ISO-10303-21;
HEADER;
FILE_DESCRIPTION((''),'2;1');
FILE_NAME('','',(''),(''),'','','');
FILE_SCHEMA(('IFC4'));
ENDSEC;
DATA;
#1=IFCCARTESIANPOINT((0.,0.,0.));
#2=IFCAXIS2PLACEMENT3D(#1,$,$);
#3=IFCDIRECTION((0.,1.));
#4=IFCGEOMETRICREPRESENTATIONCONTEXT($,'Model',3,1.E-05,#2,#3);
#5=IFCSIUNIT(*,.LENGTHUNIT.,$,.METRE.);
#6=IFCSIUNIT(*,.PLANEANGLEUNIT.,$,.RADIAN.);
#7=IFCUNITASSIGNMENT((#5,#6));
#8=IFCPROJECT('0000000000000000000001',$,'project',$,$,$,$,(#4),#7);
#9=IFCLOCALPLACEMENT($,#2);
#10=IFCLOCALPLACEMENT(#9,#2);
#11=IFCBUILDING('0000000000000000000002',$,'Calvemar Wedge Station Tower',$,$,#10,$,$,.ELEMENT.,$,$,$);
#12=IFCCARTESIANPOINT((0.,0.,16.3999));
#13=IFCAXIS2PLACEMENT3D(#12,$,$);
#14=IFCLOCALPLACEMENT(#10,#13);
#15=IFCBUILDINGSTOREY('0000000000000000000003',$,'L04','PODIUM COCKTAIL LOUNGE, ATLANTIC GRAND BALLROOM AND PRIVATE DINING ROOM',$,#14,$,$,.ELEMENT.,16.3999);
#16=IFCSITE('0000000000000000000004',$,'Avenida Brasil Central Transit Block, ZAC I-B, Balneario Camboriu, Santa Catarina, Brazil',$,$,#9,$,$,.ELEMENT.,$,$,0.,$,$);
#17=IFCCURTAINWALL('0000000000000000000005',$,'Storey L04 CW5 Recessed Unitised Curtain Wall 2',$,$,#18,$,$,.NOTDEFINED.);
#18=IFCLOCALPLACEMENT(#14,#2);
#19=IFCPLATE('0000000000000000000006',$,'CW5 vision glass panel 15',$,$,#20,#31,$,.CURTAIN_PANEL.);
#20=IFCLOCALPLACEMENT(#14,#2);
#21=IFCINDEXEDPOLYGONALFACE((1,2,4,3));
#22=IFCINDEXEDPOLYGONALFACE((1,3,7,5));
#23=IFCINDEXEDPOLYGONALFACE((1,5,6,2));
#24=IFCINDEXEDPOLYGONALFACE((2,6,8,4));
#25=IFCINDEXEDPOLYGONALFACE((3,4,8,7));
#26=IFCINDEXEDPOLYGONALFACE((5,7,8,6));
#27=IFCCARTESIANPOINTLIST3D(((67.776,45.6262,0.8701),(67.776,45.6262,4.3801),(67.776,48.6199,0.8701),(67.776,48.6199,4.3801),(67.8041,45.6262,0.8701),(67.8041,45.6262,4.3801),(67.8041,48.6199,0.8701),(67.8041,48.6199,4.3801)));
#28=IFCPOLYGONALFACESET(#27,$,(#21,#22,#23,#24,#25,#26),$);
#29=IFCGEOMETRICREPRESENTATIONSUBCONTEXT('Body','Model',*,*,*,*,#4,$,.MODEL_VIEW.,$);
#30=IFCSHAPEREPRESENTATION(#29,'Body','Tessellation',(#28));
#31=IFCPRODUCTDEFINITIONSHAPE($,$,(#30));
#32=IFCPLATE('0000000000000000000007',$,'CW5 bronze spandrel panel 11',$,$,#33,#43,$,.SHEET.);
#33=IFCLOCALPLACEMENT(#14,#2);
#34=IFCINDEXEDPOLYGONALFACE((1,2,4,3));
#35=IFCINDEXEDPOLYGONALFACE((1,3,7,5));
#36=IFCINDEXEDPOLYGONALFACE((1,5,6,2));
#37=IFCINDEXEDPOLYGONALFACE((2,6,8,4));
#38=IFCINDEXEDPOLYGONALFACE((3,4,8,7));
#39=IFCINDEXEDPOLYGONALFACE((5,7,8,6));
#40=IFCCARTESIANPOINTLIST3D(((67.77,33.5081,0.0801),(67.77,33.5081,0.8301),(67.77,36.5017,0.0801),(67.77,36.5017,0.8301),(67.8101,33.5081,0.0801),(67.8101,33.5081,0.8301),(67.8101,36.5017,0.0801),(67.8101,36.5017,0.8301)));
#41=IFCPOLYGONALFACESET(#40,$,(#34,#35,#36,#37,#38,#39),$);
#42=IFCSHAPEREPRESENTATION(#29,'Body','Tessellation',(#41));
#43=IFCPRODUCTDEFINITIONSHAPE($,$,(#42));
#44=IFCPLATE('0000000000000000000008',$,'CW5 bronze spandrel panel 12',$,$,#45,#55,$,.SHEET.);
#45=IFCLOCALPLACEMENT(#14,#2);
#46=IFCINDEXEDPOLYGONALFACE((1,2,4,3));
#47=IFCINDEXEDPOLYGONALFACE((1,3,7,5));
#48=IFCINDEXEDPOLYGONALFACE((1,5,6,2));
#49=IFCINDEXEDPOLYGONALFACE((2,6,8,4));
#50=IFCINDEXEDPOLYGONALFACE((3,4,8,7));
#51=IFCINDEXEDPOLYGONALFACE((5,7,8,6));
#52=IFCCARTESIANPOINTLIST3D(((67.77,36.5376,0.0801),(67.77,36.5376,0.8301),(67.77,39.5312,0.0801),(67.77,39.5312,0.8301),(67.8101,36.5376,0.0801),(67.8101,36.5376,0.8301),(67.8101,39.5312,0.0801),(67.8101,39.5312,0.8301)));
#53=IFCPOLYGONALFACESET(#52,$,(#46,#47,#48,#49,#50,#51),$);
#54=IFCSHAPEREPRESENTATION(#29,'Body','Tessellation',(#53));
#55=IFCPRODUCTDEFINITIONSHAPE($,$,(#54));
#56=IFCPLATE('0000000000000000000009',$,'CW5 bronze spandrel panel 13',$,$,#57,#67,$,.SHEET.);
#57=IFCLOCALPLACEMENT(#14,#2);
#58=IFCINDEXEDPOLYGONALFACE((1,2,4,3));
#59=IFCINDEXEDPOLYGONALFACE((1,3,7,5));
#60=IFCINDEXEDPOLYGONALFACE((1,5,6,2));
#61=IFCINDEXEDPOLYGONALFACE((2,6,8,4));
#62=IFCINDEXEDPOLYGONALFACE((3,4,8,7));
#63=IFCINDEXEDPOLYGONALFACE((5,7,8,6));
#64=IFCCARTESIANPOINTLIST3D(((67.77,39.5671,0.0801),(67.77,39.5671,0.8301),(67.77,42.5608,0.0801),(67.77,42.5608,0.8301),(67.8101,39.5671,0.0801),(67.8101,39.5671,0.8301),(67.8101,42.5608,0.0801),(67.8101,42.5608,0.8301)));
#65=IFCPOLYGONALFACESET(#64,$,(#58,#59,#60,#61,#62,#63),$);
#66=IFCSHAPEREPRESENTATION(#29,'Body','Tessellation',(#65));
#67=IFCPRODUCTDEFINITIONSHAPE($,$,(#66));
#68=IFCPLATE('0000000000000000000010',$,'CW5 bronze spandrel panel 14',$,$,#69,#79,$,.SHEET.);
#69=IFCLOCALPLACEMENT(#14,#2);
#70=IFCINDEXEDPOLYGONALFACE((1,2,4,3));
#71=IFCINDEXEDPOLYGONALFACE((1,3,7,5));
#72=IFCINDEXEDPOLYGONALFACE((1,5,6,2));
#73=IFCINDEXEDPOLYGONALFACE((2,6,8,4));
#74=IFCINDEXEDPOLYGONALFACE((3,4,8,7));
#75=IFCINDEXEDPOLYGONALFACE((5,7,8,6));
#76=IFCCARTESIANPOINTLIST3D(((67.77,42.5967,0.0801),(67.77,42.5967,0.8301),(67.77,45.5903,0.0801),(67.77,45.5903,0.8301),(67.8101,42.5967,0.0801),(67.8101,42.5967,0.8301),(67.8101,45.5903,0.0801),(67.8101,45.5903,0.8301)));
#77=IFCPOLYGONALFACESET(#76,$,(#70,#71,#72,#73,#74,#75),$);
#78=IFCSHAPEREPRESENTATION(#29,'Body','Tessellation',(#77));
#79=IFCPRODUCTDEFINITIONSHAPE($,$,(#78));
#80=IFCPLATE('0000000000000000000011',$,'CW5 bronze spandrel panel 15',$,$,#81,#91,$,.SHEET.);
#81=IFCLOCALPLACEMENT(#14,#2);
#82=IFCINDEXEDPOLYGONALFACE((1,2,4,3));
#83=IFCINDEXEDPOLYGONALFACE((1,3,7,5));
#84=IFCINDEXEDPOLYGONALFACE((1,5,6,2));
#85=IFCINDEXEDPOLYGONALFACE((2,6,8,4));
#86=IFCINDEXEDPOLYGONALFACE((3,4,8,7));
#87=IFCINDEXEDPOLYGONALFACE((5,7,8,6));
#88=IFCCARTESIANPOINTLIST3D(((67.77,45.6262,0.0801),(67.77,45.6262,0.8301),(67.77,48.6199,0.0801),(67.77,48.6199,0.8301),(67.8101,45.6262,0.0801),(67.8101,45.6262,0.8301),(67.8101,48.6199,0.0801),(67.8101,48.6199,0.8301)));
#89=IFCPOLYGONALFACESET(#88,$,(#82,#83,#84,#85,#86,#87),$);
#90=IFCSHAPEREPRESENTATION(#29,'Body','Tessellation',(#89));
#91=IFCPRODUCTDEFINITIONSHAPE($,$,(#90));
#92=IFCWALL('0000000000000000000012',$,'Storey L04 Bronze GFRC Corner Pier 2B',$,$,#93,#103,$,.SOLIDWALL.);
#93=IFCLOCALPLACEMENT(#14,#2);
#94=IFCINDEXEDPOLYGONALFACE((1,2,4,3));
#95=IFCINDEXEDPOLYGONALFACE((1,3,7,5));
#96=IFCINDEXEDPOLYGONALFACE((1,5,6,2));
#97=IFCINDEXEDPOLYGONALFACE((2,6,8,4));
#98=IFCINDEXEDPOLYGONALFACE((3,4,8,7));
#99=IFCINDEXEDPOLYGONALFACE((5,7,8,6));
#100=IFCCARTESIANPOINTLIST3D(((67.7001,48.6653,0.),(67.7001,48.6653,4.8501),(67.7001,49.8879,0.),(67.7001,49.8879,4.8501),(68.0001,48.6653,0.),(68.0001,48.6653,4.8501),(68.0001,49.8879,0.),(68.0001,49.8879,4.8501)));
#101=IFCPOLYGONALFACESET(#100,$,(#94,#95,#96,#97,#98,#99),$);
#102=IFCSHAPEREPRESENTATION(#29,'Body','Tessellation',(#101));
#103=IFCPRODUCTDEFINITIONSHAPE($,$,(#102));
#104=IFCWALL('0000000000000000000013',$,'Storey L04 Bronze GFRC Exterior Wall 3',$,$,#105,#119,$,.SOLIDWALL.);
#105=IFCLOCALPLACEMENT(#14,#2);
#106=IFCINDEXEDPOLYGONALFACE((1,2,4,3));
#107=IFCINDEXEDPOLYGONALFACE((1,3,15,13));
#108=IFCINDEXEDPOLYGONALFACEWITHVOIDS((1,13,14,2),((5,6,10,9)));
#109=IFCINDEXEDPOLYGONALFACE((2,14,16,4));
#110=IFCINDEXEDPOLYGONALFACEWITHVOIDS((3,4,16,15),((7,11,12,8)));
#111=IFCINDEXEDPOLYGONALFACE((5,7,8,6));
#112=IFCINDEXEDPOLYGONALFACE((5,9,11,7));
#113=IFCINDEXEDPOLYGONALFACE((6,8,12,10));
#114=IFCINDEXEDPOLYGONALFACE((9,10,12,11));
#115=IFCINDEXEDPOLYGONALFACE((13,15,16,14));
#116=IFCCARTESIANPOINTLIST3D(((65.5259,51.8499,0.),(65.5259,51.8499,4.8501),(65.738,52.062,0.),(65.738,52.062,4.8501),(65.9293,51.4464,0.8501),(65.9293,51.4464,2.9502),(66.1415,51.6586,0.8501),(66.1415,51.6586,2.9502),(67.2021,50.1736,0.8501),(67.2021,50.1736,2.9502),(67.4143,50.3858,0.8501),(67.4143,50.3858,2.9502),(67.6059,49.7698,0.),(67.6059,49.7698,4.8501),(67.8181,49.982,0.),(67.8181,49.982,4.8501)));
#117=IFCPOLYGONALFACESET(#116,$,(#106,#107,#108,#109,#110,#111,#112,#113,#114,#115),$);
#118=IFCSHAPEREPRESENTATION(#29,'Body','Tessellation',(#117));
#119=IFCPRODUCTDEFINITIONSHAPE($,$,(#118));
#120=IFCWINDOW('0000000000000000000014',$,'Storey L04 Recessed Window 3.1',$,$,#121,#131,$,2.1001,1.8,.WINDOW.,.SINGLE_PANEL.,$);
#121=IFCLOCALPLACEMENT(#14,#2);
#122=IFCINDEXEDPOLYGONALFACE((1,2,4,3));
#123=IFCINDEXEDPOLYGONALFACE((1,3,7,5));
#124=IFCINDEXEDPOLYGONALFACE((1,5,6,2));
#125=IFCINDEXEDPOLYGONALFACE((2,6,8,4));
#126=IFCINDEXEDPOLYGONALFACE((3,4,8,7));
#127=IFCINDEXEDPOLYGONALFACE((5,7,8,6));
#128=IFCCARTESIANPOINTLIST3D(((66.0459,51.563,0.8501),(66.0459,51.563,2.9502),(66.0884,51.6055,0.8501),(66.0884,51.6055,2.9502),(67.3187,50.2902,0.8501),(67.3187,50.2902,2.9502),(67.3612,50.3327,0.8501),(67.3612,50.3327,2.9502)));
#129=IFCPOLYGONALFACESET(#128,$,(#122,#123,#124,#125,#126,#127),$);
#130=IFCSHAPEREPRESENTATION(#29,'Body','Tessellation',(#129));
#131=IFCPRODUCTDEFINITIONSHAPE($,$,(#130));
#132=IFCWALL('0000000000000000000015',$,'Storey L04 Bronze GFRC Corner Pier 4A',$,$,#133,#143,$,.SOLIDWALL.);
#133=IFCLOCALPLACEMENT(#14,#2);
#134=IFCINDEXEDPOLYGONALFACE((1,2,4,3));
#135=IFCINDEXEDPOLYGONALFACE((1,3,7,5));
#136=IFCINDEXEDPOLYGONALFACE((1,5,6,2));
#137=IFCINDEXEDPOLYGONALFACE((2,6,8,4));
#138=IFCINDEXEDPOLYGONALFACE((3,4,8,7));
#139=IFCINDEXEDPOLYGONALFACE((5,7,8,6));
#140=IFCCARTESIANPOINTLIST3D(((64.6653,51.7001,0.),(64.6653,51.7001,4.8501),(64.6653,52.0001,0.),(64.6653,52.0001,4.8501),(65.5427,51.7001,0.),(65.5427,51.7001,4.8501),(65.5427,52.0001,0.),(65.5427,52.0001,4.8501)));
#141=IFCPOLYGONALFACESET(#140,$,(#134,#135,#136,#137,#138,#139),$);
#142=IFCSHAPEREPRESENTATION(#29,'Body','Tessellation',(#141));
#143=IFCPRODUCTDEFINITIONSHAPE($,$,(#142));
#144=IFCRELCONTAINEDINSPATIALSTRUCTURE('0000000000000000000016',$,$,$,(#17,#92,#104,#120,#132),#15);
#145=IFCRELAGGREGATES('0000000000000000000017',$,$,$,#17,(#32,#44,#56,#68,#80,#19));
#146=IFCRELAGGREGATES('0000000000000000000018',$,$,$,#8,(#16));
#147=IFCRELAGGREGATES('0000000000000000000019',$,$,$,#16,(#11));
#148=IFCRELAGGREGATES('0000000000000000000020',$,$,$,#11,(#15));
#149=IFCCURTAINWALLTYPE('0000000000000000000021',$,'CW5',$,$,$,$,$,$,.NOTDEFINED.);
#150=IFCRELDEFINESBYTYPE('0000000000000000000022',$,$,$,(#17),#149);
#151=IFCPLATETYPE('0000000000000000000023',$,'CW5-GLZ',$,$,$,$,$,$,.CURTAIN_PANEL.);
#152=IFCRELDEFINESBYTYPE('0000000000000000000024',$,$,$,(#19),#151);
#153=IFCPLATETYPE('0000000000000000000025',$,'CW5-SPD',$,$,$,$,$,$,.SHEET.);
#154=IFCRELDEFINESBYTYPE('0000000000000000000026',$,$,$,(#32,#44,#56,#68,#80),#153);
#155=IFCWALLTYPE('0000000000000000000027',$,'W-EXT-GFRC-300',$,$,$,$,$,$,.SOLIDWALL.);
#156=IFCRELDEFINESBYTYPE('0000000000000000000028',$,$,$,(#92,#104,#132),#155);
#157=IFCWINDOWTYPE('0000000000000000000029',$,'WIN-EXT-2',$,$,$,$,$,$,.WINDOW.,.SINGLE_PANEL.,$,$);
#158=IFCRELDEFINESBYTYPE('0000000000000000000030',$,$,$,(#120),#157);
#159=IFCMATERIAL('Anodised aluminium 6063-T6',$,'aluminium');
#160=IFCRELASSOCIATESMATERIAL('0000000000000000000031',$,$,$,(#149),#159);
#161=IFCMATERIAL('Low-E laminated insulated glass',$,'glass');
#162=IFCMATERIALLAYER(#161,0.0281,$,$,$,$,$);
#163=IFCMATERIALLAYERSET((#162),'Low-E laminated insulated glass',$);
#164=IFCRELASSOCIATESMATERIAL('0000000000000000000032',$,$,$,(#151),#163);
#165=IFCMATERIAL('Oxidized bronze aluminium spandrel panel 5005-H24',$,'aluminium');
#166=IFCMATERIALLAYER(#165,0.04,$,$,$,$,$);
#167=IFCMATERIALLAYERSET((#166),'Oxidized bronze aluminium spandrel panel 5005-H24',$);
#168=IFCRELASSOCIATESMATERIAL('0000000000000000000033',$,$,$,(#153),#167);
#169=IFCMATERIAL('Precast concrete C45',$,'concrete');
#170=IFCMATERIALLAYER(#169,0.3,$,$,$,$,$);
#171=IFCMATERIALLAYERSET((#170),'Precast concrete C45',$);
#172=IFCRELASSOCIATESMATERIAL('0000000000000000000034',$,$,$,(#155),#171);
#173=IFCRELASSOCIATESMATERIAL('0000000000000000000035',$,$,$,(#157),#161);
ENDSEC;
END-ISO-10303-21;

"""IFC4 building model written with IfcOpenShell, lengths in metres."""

from ifc_helpers import new_model, si_unit, direction, frame, frame_2d, origin, place, context, subcontext, project, spatial, rectangle, extrude, source, transform, mapped, material, layer, layer_set, type_object, element, fill, aggregate, save


model = new_model("IFC4")

# Units and contexts
model_context = context("Model", 3, precision=1e-05, world=origin(), true_north=direction((0.0, 1.0)))
body_context = subcontext(model_context, "Body", "Model", "MODEL_VIEW")
ifc_project = project(units=[si_unit("LENGTHUNIT", "METRE"), si_unit("PLANEANGLEUNIT", "RADIAN")], contexts=[model_context])

# Site, building, storey
site_placement = place(None, origin())
site = spatial("IfcSite", under=ifc_project, at=site_placement, Name="Avenida Brasil Central Transit Block, ZAC I-B, Balneario Camboriu, Santa Catarina, Brazil", CompositionType="ELEMENT", RefElevation=0.0)
building_placement = place(site_placement, origin())
building = spatial("IfcBuilding", under=site, at=building_placement, Name="Calvemar Wedge Station Tower", CompositionType="ELEMENT")
storey_placement = place(building_placement, frame((0.0, 0.0, 16.3999)))
storey = spatial("IfcBuildingStorey", under=building, at=storey_placement, Name="L04", Description="PODIUM COCKTAIL LOUNGE, ATLANTIC GRAND BALLROOM AND PRIVATE DINING ROOM", CompositionType="ELEMENT", Elevation=16.3999)

# Curtain wall
ifc_material_1 = material(Name="Anodised aluminium 6063-T6", Category="aluminium")
curtain_wall_type = type_object("IfcCurtainWallType", Name="CW5", PredefinedType="NOTDEFINED", material=ifc_material_1)
curtain_wall_1_placement = place(storey_placement, origin())
curtain_wall_1 = element("IfcCurtainWall", 1, at=curtain_wall_1_placement, inside=storey, type_object=curtain_wall_type, Name="Storey L04 CW5 Recessed Unitised Curtain Wall 2", PredefinedType="NOTDEFINED")

# Plates
ifc_material_2 = material(Name="Low-E laminated insulated glass", Category="glass")
ifc_layer_1 = layer(ifc_material_2, 0.0281)
ifc_layer_set_1 = layer_set([ifc_layer_1], Name="Low-E laminated insulated glass")
plate_type_1 = type_object("IfcPlateType", Name="CW5-GLZ", PredefinedType="CURTAIN_PANEL", material=ifc_layer_set_1)
plate_1_placement = place(storey_placement, frame((67.79, 45.6262, 0.8701), z_axis=(0.0, 0.0, 1.0), x_axis=(0.0, 1.0, 0.0)))
plate_1 = element("IfcPlate", 2, at=plate_1_placement, type_object=plate_type_1, Name="CW5 vision glass panel 15", PredefinedType="CURTAIN_PANEL", context=body_context, shape_type="SweptSolid", body=[
    extrude(rectangle(XDim=2.9937, YDim=0.0281, at=frame_2d((1.4968, 0.0))), origin(), (0.0, 0.0, 1.0), 3.51),
])
ifc_material_3 = material(Name="Oxidized bronze aluminium spandrel panel 5005-H24", Category="aluminium")
ifc_layer_2 = layer(ifc_material_3, 0.04)
ifc_layer_set_2 = layer_set([ifc_layer_2], Name="Oxidized bronze aluminium spandrel panel 5005-H24")
plate_type_2 = type_object("IfcPlateType", Name="CW5-SPD", PredefinedType="SHEET", material=ifc_layer_set_2)
plate_2_placement = place(storey_placement, frame((67.79, 33.5081, 0.0801), z_axis=(0.0, 0.0, 1.0), x_axis=(0.0, 1.0, 0.0)))
plate_2 = element("IfcPlate", 3, at=plate_2_placement, type_object=plate_type_2, Name="CW5 bronze spandrel panel 11", PredefinedType="SHEET", context=body_context, shape_type="SweptSolid", body=[
    extrude(rectangle(XDim=2.9937, YDim=0.04, at=frame_2d((1.4968, 0.0))), origin(), (0.0, 0.0, 1.0), 0.75),
])
plate_3_placement = place(storey_placement, frame((67.79, 36.5376, 0.0801), z_axis=(0.0, 0.0, 1.0), x_axis=(0.0, 1.0, 0.0)))
plate_3 = element("IfcPlate", 4, at=plate_3_placement, type_object=plate_type_2, Name="CW5 bronze spandrel panel 12", PredefinedType="SHEET", context=body_context, shape_type="SweptSolid", body=[
    extrude(rectangle(XDim=2.9937, YDim=0.04, at=frame_2d((1.4968, 0.0))), origin(), (0.0, 0.0, 1.0), 0.75),
])
plate_4_placement = place(storey_placement, frame((67.79, 39.5671, 0.0801), z_axis=(0.0, 0.0, 1.0), x_axis=(0.0, 1.0, 0.0)))
plate_4 = element("IfcPlate", 5, at=plate_4_placement, type_object=plate_type_2, Name="CW5 bronze spandrel panel 13", PredefinedType="SHEET", context=body_context, shape_type="SweptSolid", body=[
    extrude(rectangle(XDim=2.9937, YDim=0.04, at=frame_2d((1.4968, 0.0))), origin(), (0.0, 0.0, 1.0), 0.75),
])
plate_5_placement = place(storey_placement, frame((67.79, 42.5967, 0.0801), z_axis=(0.0, 0.0, 1.0), x_axis=(0.0, 1.0, 0.0)))
plate_5 = element("IfcPlate", 6, at=plate_5_placement, type_object=plate_type_2, Name="CW5 bronze spandrel panel 14", PredefinedType="SHEET", context=body_context, shape_type="SweptSolid", body=[
    extrude(rectangle(XDim=2.9937, YDim=0.04, at=frame_2d((1.4968, 0.0))), origin(), (0.0, 0.0, 1.0), 0.75),
])
plate_6_placement = place(storey_placement, frame((67.79, 45.6262, 0.0801), z_axis=(0.0, 0.0, 1.0), x_axis=(0.0, 1.0, 0.0)))
plate_6 = element("IfcPlate", 7, at=plate_6_placement, type_object=plate_type_2, Name="CW5 bronze spandrel panel 15", PredefinedType="SHEET", context=body_context, shape_type="SweptSolid", body=[
    extrude(rectangle(XDim=2.9937, YDim=0.04, at=frame_2d((1.4968, 0.0))), origin(), (0.0, 0.0, 1.0), 0.75),
])
aggregate(curtain_wall_1, [plate_2, plate_3, plate_4, plate_5, plate_6, plate_1])

# Wall
ifc_material_4 = material(Name="Precast concrete C45", Category="concrete")
ifc_layer_3 = layer(ifc_material_4, 0.3)
ifc_layer_set_3 = layer_set([ifc_layer_3], Name="Precast concrete C45")
wall_type = type_object("IfcWallType", Name="W-EXT-GFRC-300", PredefinedType="SOLIDWALL", material=ifc_layer_set_3)
wall_1_placement = place(storey_placement, frame((67.8501, 48.6653, 0.0), z_axis=(0.0, 0.0, 1.0), x_axis=(0.0, 1.0, 0.0)))
element("IfcWall", 8, at=wall_1_placement, inside=storey, type_object=wall_type, Name="Storey L04 Bronze GFRC Corner Pier 2B", PredefinedType="SOLIDWALL", context=body_context, shape_type="SweptSolid", body=[
    extrude(rectangle(XDim=1.2227, YDim=0.3, at=frame_2d((0.6113, 0.0))), origin(), (0.0, 0.0, 1.0), 4.8501),
])

# Wall, opening, window
wall_2_placement = place(storey_placement, frame((67.7119, 49.876, 0.0), z_axis=(0.0, 0.0, 1.0), x_axis=(-0.707107, 0.707107, 0.0)))
wall_2 = element("IfcWall", 9, at=wall_2_placement, inside=storey, type_object=wall_type, Name="Storey L04 Bronze GFRC Exterior Wall 3", PredefinedType="SOLIDWALL", context=body_context, shape_type="SweptSolid", body=[
    extrude(rectangle(XDim=2.9417, YDim=0.3, at=frame_2d((1.4707, 0.0))), origin(), (0.0, 0.0, 1.0), 4.8501),
])
shared_shape_1 = source(origin(), body_context, "Body", "SweptSolid", [
    extrude(rectangle(XDim=1.8, YDim=2.1001, at=frame_2d((0.8999, 1.05))), frame((0.0, 0.1602, 0.0), z_axis=(0.0, -1.0, 0.0), x_axis=(1.0, 0.0, 0.0)), (0.0, 0.0, 1.0), 0.3201),
])
opening_placement = place(wall_2_placement, frame((0.571, 0.0, 0.8501)))
opening = element("IfcOpeningElement", 10, at=opening_placement, cuts=wall_2, PredefinedType="OPENING", context=body_context, shape_type="MappedRepresentation", body=[
    mapped(shared_shape_1, transform((0.0, 0.0, 0.0), scale=1.0)),
])
window_type = type_object("IfcWindowType", Name="WIN-EXT-2", PartitioningType="SINGLE_PANEL", PredefinedType="WINDOW", material=ifc_material_2)
shared_shape_2 = source(origin(), body_context, "Body", "SweptSolid", [
    extrude(rectangle(XDim=1.8, YDim=2.1001, at=frame_2d((0.8999, 1.05))), frame((0.0, -0.0149, 0.0), z_axis=(0.0, -1.0, 0.0), x_axis=(1.0, 0.0, 0.0)), (0.0, 0.0, 1.0), 0.0601),
])
window_placement = place(opening_placement, origin())
window = element("IfcWindow", 11, at=window_placement, inside=storey, type_object=window_type, Name="Storey L04 Recessed Window 3.1", OverallHeight=2.1001, OverallWidth=1.8, PartitioningType="SINGLE_PANEL", PredefinedType="WINDOW", context=body_context, shape_type="MappedRepresentation", body=[
    mapped(shared_shape_2, transform((0.0, 0.0, 0.0), scale=1.0)),
])
fill(opening, window)

# Wall
wall_3_placement = place(storey_placement, frame((65.5427, 51.8501, 0.0), z_axis=(0.0, 0.0, 1.0), x_axis=(-1.0, 0.0, 0.0)))
element("IfcWall", 12, at=wall_3_placement, inside=storey, type_object=wall_type, Name="Storey L04 Bronze GFRC Corner Pier 4A", PredefinedType="SOLIDWALL", context=body_context, shape_type="SweptSolid", body=[
    extrude(rectangle(XDim=0.8774, YDim=0.3, at=frame_2d((0.4387, 0.0))), origin(), (0.0, 0.0, 1.0), 4.8501),
])

save(model, "model.ifc")
